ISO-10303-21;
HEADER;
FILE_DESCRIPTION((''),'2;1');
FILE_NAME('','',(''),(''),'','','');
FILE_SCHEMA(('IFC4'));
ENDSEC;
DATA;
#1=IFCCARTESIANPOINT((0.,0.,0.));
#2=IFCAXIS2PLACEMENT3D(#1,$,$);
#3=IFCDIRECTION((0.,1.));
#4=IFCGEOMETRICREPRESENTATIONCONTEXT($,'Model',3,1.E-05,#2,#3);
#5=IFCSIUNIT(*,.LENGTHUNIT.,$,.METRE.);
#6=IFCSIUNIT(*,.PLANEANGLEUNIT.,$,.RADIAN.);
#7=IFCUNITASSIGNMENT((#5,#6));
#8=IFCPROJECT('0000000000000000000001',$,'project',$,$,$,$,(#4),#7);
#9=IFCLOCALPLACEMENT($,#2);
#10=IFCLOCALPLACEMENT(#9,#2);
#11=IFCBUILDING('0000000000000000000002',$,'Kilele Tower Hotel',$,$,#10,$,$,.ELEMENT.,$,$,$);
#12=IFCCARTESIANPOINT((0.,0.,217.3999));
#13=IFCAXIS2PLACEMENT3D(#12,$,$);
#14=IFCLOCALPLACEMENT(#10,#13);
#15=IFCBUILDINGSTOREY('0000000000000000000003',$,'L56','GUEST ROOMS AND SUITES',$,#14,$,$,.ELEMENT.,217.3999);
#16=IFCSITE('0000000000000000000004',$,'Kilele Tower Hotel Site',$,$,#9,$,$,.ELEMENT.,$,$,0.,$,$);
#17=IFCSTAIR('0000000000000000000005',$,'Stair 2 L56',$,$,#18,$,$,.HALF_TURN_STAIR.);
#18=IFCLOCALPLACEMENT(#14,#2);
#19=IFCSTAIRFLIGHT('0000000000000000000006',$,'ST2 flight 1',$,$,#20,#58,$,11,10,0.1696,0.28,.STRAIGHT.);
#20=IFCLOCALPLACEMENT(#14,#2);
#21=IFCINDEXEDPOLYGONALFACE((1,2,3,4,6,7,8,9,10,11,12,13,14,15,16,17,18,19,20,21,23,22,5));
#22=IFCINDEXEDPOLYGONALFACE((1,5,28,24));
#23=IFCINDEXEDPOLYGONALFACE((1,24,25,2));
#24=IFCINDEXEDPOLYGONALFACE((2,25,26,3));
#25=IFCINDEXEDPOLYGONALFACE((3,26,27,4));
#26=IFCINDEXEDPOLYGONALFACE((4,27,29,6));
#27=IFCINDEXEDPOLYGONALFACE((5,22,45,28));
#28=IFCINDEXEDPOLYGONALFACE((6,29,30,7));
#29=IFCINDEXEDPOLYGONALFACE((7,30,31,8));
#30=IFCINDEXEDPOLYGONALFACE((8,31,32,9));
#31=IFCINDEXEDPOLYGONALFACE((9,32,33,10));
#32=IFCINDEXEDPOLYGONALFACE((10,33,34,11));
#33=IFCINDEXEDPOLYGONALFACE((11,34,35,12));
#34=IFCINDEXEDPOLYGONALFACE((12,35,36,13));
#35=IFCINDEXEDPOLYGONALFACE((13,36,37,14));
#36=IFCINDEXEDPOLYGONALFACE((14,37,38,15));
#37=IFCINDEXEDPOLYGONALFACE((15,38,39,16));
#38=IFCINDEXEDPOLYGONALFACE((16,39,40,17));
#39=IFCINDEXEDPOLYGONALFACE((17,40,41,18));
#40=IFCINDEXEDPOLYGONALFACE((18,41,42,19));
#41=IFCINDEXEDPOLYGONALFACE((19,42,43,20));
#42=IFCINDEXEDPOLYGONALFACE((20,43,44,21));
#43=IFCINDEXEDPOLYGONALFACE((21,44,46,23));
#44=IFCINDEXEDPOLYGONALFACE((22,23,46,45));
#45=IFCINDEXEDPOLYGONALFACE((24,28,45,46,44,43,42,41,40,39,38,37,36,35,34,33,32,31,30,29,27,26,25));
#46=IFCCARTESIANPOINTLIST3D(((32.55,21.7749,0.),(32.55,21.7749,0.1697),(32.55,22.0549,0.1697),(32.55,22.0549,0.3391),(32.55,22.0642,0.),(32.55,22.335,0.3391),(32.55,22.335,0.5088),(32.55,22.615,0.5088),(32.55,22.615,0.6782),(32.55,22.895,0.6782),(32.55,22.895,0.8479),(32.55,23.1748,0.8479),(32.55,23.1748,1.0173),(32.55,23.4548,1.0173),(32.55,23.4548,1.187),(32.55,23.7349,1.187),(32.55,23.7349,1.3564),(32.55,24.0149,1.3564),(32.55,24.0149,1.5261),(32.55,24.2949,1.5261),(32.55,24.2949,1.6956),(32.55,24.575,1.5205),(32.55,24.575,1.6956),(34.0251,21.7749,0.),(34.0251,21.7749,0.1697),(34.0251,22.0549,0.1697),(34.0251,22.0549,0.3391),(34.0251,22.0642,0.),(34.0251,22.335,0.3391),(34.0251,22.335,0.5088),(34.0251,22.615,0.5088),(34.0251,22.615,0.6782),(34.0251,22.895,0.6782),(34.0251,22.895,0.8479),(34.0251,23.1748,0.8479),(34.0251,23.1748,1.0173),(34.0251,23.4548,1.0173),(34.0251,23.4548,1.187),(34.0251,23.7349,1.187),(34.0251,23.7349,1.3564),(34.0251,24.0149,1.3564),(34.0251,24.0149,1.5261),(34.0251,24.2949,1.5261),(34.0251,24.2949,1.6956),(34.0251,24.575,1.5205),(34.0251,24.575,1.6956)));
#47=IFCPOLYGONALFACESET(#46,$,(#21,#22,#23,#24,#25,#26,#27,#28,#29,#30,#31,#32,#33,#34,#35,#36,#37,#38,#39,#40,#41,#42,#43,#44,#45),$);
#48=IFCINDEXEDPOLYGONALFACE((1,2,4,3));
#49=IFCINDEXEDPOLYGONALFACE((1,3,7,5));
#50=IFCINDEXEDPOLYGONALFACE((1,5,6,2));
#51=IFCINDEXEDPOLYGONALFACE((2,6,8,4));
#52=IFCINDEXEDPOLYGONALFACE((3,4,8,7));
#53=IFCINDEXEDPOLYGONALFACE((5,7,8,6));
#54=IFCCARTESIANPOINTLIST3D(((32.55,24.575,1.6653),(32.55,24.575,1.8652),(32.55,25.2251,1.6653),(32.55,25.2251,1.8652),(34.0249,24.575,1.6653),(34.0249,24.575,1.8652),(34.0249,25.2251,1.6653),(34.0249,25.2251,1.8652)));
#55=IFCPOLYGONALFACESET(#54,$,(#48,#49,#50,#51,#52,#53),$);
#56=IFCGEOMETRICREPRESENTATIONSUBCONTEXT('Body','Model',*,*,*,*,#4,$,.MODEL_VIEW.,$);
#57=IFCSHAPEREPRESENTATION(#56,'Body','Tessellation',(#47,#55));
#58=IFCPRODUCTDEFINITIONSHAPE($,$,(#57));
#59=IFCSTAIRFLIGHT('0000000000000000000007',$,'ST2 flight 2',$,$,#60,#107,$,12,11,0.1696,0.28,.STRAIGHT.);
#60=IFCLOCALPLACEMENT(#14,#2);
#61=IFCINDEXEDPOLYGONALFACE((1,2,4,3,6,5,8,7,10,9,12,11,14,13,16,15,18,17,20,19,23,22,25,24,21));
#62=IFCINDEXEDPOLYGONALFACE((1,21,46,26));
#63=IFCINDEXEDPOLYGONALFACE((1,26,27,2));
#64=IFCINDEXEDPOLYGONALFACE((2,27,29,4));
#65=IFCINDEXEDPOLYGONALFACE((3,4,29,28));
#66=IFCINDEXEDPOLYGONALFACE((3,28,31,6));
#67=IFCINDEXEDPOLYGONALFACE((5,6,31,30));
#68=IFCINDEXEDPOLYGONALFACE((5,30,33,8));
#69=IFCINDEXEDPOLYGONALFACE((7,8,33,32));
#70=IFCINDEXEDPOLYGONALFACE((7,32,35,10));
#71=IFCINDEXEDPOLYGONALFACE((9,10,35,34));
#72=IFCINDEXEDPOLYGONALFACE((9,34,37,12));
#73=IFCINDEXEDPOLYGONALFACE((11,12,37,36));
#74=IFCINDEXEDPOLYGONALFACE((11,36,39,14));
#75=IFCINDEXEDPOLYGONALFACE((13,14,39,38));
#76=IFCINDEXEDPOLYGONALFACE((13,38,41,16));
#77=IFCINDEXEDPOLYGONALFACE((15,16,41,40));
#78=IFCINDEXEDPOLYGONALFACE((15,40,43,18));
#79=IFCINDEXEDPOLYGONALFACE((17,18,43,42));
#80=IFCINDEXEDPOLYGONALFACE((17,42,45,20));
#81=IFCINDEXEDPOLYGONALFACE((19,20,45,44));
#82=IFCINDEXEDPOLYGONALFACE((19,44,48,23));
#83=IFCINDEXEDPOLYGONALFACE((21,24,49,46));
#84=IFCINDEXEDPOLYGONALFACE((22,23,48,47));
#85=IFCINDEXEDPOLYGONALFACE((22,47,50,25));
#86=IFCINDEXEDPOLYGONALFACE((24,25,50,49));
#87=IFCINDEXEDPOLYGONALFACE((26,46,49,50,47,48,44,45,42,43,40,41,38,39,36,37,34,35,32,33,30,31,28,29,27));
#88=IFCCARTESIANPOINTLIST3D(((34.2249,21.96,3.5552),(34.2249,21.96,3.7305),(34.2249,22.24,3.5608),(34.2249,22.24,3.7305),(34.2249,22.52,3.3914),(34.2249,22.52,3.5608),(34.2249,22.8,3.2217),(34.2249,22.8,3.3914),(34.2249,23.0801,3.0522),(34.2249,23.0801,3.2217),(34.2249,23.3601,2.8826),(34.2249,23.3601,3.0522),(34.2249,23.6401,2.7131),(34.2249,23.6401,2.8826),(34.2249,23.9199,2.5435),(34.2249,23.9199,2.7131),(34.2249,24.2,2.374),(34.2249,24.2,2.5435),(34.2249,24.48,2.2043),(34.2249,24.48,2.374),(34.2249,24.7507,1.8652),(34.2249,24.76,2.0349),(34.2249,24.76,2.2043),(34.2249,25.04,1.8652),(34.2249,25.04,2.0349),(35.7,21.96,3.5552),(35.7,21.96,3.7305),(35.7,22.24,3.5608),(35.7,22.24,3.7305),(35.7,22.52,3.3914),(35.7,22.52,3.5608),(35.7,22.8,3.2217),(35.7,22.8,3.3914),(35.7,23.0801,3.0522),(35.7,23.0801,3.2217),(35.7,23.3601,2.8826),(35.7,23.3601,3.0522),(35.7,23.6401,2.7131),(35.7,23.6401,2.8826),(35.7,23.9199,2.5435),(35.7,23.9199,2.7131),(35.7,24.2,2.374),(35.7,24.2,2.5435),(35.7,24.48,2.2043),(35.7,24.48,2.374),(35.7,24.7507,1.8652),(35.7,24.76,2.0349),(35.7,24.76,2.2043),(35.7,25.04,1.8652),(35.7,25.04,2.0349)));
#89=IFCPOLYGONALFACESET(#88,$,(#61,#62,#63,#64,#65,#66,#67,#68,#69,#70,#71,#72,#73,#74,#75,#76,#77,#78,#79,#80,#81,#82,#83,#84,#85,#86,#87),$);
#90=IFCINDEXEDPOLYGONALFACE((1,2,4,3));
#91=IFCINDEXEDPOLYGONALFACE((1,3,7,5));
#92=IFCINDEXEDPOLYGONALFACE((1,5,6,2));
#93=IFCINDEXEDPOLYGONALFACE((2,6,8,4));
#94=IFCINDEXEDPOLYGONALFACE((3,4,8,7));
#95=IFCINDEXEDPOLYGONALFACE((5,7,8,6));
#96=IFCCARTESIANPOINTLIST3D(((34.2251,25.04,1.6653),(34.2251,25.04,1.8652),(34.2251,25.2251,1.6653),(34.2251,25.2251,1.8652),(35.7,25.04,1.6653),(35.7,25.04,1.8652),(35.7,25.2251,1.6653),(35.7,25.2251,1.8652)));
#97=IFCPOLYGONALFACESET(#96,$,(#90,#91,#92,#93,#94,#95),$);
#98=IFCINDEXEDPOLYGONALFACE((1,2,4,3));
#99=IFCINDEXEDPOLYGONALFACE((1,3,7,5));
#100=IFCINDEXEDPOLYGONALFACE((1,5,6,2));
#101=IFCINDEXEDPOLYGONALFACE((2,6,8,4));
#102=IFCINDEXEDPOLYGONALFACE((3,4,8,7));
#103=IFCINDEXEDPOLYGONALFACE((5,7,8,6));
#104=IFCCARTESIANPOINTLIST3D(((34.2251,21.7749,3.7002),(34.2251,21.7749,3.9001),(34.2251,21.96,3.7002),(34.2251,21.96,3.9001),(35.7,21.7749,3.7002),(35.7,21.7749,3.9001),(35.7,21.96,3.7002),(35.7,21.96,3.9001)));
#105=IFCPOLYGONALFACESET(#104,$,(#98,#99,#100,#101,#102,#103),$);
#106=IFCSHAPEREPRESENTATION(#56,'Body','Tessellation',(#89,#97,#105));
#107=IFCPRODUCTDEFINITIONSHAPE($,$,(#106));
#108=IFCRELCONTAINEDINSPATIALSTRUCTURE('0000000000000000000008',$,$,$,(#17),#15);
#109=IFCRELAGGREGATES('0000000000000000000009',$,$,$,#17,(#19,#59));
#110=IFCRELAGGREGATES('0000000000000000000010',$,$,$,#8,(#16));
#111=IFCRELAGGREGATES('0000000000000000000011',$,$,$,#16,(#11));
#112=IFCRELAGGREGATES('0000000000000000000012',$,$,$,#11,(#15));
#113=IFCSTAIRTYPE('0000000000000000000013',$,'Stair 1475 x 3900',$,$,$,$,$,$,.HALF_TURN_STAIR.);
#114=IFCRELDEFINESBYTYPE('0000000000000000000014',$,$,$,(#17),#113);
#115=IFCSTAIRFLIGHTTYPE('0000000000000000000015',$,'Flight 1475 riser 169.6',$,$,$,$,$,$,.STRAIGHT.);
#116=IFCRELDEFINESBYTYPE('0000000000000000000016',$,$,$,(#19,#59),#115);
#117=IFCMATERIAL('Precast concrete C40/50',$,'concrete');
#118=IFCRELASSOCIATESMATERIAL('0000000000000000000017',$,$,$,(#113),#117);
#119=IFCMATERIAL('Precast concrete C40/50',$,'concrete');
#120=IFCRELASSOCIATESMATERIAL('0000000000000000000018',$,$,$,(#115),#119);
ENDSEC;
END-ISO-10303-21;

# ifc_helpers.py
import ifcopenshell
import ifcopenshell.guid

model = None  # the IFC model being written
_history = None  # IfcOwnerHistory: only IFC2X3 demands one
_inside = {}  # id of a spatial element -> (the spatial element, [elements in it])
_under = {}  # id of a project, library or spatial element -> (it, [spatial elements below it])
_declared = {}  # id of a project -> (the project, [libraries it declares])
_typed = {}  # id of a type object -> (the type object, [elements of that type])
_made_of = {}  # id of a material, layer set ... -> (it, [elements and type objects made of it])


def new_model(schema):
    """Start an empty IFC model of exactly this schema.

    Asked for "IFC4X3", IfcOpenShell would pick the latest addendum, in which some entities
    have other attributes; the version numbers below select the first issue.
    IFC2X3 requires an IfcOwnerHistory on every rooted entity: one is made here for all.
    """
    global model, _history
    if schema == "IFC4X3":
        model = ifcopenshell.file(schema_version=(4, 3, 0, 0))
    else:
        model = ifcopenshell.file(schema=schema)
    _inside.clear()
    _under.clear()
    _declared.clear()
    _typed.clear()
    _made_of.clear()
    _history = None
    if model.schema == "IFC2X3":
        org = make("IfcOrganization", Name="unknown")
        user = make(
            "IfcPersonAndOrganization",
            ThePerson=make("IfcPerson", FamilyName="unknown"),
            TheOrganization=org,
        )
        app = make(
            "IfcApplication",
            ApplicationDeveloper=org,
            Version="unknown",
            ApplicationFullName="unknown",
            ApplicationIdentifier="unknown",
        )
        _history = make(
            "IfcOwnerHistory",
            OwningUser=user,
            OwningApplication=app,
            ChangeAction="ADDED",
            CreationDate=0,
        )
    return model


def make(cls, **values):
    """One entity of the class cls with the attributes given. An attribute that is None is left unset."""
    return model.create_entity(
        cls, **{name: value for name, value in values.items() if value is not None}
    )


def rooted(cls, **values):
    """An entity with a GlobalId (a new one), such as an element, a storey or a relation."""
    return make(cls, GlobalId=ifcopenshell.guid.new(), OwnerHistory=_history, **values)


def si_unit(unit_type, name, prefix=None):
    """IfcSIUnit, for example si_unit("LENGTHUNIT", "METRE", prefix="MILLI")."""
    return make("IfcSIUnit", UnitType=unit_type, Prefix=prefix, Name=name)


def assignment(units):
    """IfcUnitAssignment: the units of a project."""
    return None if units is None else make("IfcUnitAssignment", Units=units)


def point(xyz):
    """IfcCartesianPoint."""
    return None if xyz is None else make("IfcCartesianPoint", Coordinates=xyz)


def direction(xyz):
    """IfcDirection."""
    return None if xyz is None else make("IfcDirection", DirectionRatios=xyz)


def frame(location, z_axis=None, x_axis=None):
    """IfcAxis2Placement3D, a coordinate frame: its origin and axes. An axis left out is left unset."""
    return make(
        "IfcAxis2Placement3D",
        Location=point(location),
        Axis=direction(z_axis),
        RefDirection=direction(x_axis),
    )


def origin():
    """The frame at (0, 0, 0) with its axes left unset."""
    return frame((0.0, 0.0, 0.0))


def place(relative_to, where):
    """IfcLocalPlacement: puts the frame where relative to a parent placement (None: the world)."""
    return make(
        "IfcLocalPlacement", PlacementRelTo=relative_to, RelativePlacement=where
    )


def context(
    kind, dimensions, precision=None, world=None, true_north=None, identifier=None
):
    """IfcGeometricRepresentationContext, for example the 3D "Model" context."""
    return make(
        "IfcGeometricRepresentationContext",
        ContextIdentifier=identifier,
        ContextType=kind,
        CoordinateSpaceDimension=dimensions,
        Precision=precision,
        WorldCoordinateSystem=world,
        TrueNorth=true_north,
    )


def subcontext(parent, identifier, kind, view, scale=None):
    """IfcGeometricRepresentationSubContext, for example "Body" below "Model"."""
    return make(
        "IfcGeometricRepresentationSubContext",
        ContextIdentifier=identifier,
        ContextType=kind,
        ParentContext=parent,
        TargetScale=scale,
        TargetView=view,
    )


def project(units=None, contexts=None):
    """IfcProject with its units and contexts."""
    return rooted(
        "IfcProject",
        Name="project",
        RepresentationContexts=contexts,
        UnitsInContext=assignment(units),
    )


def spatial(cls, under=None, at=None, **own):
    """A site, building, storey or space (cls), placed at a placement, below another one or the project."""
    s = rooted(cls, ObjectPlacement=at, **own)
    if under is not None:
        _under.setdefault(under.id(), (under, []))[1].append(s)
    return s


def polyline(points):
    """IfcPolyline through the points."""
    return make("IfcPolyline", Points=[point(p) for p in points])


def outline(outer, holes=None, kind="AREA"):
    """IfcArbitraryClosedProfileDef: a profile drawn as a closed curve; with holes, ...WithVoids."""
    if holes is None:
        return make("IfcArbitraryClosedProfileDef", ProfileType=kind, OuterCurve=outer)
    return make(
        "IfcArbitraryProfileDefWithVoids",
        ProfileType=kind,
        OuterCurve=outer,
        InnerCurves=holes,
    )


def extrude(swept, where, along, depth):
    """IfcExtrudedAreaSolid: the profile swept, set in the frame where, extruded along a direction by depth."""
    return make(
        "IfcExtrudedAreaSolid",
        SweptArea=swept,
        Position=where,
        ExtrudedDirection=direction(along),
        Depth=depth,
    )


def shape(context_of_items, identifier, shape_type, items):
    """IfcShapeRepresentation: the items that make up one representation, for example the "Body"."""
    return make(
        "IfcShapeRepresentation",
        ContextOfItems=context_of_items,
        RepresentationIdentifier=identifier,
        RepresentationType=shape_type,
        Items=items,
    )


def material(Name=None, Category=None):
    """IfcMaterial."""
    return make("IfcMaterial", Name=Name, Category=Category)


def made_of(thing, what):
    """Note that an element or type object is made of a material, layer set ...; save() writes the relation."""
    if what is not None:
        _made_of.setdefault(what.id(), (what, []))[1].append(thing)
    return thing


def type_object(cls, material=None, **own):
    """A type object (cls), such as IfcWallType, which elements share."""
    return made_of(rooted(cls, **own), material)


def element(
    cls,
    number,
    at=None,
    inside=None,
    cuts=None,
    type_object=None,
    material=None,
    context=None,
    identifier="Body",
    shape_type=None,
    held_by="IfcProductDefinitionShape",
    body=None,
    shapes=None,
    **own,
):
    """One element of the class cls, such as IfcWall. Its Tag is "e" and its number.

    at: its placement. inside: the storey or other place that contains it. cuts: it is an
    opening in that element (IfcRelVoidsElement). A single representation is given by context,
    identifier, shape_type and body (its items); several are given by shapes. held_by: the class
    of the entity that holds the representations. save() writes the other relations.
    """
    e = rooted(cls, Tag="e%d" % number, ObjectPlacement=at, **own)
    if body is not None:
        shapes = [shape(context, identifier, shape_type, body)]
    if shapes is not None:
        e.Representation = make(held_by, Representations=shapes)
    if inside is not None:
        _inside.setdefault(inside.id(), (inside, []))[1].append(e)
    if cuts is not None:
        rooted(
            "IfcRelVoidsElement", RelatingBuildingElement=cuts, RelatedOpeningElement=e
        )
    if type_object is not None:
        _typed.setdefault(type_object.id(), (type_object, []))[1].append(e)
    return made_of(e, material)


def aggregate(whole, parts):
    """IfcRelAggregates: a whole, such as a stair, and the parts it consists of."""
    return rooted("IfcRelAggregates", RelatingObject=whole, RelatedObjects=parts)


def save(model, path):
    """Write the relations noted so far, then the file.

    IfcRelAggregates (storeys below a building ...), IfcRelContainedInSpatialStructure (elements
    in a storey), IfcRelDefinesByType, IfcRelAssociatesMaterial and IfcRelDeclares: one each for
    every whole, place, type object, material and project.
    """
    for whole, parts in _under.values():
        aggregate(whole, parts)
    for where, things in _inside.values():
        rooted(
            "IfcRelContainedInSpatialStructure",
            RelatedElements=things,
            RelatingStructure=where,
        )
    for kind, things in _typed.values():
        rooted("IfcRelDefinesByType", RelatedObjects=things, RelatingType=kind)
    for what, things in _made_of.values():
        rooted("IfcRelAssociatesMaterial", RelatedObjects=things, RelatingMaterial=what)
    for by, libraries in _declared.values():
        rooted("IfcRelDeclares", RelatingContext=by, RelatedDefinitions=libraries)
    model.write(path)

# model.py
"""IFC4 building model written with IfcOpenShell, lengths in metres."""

from ifc_helpers import new_model, si_unit, direction, frame, origin, place, context, subcontext, project, spatial, polyline, outline, extrude, material, type_object, element, aggregate, save


model = new_model("IFC4")

# Units and contexts
model_context = context("Model", 3, precision=1e-05, world=origin(), true_north=direction((0.0, 1.0)))
body_context = subcontext(model_context, "Body", "Model", "MODEL_VIEW")
ifc_project = project(units=[si_unit("LENGTHUNIT", "METRE"), si_unit("PLANEANGLEUNIT", "RADIAN")], contexts=[model_context])

# Site, building, storey
site_placement = place(None, origin())
site = spatial("IfcSite", under=ifc_project, at=site_placement, Name="Kilele Tower Hotel Site", CompositionType="ELEMENT", RefElevation=0.0)
building_placement = place(site_placement, origin())
building = spatial("IfcBuilding", under=site, at=building_placement, Name="Kilele Tower Hotel", CompositionType="ELEMENT")
storey_placement = place(building_placement, frame((0.0, 0.0, 217.3999)))
storey = spatial("IfcBuildingStorey", under=building, at=storey_placement, Name="L56", Description="GUEST ROOMS AND SUITES", CompositionType="ELEMENT", Elevation=217.3999)

# Stair, stair flights
ifc_material_1 = material(Name="Precast concrete C40/50", Category="concrete")
stair_type = type_object("IfcStairType", Name="Stair 1475 x 3900", PredefinedType="HALF_TURN_STAIR", material=ifc_material_1)
stair_placement = place(storey_placement, origin())
stair = element("IfcStair", 1, at=stair_placement, inside=storey, type_object=stair_type, Name="Stair 2 L56", PredefinedType="HALF_TURN_STAIR")
ifc_material_2 = material(Name="Precast concrete C40/50", Category="concrete")
stair_flight_type = type_object("IfcStairFlightType", Name="Flight 1475 riser 169.6", PredefinedType="STRAIGHT", material=ifc_material_2)
stair_flight_1_placement = place(storey_placement, frame((33.2876, 21.7749, 0.0), z_axis=(0.0, 0.0, 1.0), x_axis=(0.0, 1.0, 0.0)))
stair_flight_1 = element("IfcStairFlight", 2, at=stair_flight_1_placement, type_object=stair_flight_type, Name="ST2 flight 1", NumberOfRisers=11, NumberOfTreads=10, PredefinedType="STRAIGHT", RiserHeight=0.1696, TreadLength=0.28, context=body_context, shape_type="SweptSolid", body=[
    extrude(outline(polyline([(0.0, 0.0), (0.0, 0.1697), (0.28, 0.1697), (0.28, 0.3391), (0.5601, 0.3391), (0.5601, 0.5088), (0.8401, 0.5088), (0.8401, 0.6782), (1.1201, 0.6782), (1.1201, 0.8479), (1.3999, 0.8479), (1.3999, 1.0173), (1.6799, 1.0173), (1.6799, 1.187), (1.96, 1.187), (1.96, 1.3564), (2.24, 1.3564), (2.24, 1.5261), (2.52, 1.5261), (2.52, 1.6956), (2.8, 1.6956), (2.8, 1.8652), (2.8, 1.5205), (0.2893, 0.0), (0.0, 0.0)])), frame((0.0, 0.7375, 0.0), z_axis=(0.0, -1.0, 0.0), x_axis=(1.0, 0.0, 0.0)), (0.0, 0.0, 1.0), 1.4751),
    extrude(outline(polyline([(2.8, 0.7375), (2.8, -0.7373), (3.4502, -0.7373), (3.4502, 0.7375), (2.8, 0.7375)])), frame((0.0, 0.0, 1.6653)), (0.0, 0.0, 1.0), 0.2),
])
stair_flight_2_placement = place(storey_placement, frame((34.9624, 25.04, 1.8652), z_axis=(0.0, 0.0, 1.0), x_axis=(0.0, -1.0, 0.0)))
stair_flight_2 = element("IfcStairFlight", 3, at=stair_flight_2_placement, type_object=stair_flight_type, Name="ST2 flight 2", NumberOfRisers=12, NumberOfTreads=11, PredefinedType="STRAIGHT", RiserHeight=0.1696, TreadLength=0.28, context=body_context, shape_type="SweptSolid", body=[
    extrude(outline(polyline([(0.0, 0.0), (0.0, 0.1697), (0.28, 0.1697), (0.28, 0.3391), (0.5601, 0.3391), (0.5601, 0.5088), (0.8401, 0.5088), (0.8401, 0.6782), (1.1201, 0.6782), (1.1201, 0.8479), (1.3999, 0.8479), (1.3999, 1.0173), (1.6799, 1.0173), (1.6799, 1.187), (1.96, 1.187), (1.96, 1.3564), (2.24, 1.3564), (2.24, 1.5261), (2.52, 1.5261), (2.52, 1.6956), (2.8, 1.6956), (2.8, 1.8652), (3.0801, 1.8652), (3.0801, 2.0347), (3.0801, 1.6899), (0.2893, 0.0), (0.0, 0.0)])), frame((0.0, 0.7375, 0.0), z_axis=(0.0, -1.0, 0.0), x_axis=(1.0, 0.0, 0.0)), (0.0, 0.0, 1.0), 1.4751),
    extrude(outline(polyline([(0.0, -0.7373), (0.0, 0.7375), (-0.1851, 0.7375), (-0.1851, -0.7373), (0.0, -0.7373)])), frame((0.0, 0.0, -0.2)), (0.0, 0.0, 1.0), 0.2),
    extrude(outline(polyline([(3.2651, -0.7373), (3.2651, 0.7375), (3.0801, 0.7375), (3.0801, -0.7373), (3.2651, -0.7373)])), frame((0.0, 0.0, 1.835)), (0.0, 0.0, 1.0), 0.2),
])
aggregate(stair, [stair_flight_1, stair_flight_2])

save(model, "model.ifc")
